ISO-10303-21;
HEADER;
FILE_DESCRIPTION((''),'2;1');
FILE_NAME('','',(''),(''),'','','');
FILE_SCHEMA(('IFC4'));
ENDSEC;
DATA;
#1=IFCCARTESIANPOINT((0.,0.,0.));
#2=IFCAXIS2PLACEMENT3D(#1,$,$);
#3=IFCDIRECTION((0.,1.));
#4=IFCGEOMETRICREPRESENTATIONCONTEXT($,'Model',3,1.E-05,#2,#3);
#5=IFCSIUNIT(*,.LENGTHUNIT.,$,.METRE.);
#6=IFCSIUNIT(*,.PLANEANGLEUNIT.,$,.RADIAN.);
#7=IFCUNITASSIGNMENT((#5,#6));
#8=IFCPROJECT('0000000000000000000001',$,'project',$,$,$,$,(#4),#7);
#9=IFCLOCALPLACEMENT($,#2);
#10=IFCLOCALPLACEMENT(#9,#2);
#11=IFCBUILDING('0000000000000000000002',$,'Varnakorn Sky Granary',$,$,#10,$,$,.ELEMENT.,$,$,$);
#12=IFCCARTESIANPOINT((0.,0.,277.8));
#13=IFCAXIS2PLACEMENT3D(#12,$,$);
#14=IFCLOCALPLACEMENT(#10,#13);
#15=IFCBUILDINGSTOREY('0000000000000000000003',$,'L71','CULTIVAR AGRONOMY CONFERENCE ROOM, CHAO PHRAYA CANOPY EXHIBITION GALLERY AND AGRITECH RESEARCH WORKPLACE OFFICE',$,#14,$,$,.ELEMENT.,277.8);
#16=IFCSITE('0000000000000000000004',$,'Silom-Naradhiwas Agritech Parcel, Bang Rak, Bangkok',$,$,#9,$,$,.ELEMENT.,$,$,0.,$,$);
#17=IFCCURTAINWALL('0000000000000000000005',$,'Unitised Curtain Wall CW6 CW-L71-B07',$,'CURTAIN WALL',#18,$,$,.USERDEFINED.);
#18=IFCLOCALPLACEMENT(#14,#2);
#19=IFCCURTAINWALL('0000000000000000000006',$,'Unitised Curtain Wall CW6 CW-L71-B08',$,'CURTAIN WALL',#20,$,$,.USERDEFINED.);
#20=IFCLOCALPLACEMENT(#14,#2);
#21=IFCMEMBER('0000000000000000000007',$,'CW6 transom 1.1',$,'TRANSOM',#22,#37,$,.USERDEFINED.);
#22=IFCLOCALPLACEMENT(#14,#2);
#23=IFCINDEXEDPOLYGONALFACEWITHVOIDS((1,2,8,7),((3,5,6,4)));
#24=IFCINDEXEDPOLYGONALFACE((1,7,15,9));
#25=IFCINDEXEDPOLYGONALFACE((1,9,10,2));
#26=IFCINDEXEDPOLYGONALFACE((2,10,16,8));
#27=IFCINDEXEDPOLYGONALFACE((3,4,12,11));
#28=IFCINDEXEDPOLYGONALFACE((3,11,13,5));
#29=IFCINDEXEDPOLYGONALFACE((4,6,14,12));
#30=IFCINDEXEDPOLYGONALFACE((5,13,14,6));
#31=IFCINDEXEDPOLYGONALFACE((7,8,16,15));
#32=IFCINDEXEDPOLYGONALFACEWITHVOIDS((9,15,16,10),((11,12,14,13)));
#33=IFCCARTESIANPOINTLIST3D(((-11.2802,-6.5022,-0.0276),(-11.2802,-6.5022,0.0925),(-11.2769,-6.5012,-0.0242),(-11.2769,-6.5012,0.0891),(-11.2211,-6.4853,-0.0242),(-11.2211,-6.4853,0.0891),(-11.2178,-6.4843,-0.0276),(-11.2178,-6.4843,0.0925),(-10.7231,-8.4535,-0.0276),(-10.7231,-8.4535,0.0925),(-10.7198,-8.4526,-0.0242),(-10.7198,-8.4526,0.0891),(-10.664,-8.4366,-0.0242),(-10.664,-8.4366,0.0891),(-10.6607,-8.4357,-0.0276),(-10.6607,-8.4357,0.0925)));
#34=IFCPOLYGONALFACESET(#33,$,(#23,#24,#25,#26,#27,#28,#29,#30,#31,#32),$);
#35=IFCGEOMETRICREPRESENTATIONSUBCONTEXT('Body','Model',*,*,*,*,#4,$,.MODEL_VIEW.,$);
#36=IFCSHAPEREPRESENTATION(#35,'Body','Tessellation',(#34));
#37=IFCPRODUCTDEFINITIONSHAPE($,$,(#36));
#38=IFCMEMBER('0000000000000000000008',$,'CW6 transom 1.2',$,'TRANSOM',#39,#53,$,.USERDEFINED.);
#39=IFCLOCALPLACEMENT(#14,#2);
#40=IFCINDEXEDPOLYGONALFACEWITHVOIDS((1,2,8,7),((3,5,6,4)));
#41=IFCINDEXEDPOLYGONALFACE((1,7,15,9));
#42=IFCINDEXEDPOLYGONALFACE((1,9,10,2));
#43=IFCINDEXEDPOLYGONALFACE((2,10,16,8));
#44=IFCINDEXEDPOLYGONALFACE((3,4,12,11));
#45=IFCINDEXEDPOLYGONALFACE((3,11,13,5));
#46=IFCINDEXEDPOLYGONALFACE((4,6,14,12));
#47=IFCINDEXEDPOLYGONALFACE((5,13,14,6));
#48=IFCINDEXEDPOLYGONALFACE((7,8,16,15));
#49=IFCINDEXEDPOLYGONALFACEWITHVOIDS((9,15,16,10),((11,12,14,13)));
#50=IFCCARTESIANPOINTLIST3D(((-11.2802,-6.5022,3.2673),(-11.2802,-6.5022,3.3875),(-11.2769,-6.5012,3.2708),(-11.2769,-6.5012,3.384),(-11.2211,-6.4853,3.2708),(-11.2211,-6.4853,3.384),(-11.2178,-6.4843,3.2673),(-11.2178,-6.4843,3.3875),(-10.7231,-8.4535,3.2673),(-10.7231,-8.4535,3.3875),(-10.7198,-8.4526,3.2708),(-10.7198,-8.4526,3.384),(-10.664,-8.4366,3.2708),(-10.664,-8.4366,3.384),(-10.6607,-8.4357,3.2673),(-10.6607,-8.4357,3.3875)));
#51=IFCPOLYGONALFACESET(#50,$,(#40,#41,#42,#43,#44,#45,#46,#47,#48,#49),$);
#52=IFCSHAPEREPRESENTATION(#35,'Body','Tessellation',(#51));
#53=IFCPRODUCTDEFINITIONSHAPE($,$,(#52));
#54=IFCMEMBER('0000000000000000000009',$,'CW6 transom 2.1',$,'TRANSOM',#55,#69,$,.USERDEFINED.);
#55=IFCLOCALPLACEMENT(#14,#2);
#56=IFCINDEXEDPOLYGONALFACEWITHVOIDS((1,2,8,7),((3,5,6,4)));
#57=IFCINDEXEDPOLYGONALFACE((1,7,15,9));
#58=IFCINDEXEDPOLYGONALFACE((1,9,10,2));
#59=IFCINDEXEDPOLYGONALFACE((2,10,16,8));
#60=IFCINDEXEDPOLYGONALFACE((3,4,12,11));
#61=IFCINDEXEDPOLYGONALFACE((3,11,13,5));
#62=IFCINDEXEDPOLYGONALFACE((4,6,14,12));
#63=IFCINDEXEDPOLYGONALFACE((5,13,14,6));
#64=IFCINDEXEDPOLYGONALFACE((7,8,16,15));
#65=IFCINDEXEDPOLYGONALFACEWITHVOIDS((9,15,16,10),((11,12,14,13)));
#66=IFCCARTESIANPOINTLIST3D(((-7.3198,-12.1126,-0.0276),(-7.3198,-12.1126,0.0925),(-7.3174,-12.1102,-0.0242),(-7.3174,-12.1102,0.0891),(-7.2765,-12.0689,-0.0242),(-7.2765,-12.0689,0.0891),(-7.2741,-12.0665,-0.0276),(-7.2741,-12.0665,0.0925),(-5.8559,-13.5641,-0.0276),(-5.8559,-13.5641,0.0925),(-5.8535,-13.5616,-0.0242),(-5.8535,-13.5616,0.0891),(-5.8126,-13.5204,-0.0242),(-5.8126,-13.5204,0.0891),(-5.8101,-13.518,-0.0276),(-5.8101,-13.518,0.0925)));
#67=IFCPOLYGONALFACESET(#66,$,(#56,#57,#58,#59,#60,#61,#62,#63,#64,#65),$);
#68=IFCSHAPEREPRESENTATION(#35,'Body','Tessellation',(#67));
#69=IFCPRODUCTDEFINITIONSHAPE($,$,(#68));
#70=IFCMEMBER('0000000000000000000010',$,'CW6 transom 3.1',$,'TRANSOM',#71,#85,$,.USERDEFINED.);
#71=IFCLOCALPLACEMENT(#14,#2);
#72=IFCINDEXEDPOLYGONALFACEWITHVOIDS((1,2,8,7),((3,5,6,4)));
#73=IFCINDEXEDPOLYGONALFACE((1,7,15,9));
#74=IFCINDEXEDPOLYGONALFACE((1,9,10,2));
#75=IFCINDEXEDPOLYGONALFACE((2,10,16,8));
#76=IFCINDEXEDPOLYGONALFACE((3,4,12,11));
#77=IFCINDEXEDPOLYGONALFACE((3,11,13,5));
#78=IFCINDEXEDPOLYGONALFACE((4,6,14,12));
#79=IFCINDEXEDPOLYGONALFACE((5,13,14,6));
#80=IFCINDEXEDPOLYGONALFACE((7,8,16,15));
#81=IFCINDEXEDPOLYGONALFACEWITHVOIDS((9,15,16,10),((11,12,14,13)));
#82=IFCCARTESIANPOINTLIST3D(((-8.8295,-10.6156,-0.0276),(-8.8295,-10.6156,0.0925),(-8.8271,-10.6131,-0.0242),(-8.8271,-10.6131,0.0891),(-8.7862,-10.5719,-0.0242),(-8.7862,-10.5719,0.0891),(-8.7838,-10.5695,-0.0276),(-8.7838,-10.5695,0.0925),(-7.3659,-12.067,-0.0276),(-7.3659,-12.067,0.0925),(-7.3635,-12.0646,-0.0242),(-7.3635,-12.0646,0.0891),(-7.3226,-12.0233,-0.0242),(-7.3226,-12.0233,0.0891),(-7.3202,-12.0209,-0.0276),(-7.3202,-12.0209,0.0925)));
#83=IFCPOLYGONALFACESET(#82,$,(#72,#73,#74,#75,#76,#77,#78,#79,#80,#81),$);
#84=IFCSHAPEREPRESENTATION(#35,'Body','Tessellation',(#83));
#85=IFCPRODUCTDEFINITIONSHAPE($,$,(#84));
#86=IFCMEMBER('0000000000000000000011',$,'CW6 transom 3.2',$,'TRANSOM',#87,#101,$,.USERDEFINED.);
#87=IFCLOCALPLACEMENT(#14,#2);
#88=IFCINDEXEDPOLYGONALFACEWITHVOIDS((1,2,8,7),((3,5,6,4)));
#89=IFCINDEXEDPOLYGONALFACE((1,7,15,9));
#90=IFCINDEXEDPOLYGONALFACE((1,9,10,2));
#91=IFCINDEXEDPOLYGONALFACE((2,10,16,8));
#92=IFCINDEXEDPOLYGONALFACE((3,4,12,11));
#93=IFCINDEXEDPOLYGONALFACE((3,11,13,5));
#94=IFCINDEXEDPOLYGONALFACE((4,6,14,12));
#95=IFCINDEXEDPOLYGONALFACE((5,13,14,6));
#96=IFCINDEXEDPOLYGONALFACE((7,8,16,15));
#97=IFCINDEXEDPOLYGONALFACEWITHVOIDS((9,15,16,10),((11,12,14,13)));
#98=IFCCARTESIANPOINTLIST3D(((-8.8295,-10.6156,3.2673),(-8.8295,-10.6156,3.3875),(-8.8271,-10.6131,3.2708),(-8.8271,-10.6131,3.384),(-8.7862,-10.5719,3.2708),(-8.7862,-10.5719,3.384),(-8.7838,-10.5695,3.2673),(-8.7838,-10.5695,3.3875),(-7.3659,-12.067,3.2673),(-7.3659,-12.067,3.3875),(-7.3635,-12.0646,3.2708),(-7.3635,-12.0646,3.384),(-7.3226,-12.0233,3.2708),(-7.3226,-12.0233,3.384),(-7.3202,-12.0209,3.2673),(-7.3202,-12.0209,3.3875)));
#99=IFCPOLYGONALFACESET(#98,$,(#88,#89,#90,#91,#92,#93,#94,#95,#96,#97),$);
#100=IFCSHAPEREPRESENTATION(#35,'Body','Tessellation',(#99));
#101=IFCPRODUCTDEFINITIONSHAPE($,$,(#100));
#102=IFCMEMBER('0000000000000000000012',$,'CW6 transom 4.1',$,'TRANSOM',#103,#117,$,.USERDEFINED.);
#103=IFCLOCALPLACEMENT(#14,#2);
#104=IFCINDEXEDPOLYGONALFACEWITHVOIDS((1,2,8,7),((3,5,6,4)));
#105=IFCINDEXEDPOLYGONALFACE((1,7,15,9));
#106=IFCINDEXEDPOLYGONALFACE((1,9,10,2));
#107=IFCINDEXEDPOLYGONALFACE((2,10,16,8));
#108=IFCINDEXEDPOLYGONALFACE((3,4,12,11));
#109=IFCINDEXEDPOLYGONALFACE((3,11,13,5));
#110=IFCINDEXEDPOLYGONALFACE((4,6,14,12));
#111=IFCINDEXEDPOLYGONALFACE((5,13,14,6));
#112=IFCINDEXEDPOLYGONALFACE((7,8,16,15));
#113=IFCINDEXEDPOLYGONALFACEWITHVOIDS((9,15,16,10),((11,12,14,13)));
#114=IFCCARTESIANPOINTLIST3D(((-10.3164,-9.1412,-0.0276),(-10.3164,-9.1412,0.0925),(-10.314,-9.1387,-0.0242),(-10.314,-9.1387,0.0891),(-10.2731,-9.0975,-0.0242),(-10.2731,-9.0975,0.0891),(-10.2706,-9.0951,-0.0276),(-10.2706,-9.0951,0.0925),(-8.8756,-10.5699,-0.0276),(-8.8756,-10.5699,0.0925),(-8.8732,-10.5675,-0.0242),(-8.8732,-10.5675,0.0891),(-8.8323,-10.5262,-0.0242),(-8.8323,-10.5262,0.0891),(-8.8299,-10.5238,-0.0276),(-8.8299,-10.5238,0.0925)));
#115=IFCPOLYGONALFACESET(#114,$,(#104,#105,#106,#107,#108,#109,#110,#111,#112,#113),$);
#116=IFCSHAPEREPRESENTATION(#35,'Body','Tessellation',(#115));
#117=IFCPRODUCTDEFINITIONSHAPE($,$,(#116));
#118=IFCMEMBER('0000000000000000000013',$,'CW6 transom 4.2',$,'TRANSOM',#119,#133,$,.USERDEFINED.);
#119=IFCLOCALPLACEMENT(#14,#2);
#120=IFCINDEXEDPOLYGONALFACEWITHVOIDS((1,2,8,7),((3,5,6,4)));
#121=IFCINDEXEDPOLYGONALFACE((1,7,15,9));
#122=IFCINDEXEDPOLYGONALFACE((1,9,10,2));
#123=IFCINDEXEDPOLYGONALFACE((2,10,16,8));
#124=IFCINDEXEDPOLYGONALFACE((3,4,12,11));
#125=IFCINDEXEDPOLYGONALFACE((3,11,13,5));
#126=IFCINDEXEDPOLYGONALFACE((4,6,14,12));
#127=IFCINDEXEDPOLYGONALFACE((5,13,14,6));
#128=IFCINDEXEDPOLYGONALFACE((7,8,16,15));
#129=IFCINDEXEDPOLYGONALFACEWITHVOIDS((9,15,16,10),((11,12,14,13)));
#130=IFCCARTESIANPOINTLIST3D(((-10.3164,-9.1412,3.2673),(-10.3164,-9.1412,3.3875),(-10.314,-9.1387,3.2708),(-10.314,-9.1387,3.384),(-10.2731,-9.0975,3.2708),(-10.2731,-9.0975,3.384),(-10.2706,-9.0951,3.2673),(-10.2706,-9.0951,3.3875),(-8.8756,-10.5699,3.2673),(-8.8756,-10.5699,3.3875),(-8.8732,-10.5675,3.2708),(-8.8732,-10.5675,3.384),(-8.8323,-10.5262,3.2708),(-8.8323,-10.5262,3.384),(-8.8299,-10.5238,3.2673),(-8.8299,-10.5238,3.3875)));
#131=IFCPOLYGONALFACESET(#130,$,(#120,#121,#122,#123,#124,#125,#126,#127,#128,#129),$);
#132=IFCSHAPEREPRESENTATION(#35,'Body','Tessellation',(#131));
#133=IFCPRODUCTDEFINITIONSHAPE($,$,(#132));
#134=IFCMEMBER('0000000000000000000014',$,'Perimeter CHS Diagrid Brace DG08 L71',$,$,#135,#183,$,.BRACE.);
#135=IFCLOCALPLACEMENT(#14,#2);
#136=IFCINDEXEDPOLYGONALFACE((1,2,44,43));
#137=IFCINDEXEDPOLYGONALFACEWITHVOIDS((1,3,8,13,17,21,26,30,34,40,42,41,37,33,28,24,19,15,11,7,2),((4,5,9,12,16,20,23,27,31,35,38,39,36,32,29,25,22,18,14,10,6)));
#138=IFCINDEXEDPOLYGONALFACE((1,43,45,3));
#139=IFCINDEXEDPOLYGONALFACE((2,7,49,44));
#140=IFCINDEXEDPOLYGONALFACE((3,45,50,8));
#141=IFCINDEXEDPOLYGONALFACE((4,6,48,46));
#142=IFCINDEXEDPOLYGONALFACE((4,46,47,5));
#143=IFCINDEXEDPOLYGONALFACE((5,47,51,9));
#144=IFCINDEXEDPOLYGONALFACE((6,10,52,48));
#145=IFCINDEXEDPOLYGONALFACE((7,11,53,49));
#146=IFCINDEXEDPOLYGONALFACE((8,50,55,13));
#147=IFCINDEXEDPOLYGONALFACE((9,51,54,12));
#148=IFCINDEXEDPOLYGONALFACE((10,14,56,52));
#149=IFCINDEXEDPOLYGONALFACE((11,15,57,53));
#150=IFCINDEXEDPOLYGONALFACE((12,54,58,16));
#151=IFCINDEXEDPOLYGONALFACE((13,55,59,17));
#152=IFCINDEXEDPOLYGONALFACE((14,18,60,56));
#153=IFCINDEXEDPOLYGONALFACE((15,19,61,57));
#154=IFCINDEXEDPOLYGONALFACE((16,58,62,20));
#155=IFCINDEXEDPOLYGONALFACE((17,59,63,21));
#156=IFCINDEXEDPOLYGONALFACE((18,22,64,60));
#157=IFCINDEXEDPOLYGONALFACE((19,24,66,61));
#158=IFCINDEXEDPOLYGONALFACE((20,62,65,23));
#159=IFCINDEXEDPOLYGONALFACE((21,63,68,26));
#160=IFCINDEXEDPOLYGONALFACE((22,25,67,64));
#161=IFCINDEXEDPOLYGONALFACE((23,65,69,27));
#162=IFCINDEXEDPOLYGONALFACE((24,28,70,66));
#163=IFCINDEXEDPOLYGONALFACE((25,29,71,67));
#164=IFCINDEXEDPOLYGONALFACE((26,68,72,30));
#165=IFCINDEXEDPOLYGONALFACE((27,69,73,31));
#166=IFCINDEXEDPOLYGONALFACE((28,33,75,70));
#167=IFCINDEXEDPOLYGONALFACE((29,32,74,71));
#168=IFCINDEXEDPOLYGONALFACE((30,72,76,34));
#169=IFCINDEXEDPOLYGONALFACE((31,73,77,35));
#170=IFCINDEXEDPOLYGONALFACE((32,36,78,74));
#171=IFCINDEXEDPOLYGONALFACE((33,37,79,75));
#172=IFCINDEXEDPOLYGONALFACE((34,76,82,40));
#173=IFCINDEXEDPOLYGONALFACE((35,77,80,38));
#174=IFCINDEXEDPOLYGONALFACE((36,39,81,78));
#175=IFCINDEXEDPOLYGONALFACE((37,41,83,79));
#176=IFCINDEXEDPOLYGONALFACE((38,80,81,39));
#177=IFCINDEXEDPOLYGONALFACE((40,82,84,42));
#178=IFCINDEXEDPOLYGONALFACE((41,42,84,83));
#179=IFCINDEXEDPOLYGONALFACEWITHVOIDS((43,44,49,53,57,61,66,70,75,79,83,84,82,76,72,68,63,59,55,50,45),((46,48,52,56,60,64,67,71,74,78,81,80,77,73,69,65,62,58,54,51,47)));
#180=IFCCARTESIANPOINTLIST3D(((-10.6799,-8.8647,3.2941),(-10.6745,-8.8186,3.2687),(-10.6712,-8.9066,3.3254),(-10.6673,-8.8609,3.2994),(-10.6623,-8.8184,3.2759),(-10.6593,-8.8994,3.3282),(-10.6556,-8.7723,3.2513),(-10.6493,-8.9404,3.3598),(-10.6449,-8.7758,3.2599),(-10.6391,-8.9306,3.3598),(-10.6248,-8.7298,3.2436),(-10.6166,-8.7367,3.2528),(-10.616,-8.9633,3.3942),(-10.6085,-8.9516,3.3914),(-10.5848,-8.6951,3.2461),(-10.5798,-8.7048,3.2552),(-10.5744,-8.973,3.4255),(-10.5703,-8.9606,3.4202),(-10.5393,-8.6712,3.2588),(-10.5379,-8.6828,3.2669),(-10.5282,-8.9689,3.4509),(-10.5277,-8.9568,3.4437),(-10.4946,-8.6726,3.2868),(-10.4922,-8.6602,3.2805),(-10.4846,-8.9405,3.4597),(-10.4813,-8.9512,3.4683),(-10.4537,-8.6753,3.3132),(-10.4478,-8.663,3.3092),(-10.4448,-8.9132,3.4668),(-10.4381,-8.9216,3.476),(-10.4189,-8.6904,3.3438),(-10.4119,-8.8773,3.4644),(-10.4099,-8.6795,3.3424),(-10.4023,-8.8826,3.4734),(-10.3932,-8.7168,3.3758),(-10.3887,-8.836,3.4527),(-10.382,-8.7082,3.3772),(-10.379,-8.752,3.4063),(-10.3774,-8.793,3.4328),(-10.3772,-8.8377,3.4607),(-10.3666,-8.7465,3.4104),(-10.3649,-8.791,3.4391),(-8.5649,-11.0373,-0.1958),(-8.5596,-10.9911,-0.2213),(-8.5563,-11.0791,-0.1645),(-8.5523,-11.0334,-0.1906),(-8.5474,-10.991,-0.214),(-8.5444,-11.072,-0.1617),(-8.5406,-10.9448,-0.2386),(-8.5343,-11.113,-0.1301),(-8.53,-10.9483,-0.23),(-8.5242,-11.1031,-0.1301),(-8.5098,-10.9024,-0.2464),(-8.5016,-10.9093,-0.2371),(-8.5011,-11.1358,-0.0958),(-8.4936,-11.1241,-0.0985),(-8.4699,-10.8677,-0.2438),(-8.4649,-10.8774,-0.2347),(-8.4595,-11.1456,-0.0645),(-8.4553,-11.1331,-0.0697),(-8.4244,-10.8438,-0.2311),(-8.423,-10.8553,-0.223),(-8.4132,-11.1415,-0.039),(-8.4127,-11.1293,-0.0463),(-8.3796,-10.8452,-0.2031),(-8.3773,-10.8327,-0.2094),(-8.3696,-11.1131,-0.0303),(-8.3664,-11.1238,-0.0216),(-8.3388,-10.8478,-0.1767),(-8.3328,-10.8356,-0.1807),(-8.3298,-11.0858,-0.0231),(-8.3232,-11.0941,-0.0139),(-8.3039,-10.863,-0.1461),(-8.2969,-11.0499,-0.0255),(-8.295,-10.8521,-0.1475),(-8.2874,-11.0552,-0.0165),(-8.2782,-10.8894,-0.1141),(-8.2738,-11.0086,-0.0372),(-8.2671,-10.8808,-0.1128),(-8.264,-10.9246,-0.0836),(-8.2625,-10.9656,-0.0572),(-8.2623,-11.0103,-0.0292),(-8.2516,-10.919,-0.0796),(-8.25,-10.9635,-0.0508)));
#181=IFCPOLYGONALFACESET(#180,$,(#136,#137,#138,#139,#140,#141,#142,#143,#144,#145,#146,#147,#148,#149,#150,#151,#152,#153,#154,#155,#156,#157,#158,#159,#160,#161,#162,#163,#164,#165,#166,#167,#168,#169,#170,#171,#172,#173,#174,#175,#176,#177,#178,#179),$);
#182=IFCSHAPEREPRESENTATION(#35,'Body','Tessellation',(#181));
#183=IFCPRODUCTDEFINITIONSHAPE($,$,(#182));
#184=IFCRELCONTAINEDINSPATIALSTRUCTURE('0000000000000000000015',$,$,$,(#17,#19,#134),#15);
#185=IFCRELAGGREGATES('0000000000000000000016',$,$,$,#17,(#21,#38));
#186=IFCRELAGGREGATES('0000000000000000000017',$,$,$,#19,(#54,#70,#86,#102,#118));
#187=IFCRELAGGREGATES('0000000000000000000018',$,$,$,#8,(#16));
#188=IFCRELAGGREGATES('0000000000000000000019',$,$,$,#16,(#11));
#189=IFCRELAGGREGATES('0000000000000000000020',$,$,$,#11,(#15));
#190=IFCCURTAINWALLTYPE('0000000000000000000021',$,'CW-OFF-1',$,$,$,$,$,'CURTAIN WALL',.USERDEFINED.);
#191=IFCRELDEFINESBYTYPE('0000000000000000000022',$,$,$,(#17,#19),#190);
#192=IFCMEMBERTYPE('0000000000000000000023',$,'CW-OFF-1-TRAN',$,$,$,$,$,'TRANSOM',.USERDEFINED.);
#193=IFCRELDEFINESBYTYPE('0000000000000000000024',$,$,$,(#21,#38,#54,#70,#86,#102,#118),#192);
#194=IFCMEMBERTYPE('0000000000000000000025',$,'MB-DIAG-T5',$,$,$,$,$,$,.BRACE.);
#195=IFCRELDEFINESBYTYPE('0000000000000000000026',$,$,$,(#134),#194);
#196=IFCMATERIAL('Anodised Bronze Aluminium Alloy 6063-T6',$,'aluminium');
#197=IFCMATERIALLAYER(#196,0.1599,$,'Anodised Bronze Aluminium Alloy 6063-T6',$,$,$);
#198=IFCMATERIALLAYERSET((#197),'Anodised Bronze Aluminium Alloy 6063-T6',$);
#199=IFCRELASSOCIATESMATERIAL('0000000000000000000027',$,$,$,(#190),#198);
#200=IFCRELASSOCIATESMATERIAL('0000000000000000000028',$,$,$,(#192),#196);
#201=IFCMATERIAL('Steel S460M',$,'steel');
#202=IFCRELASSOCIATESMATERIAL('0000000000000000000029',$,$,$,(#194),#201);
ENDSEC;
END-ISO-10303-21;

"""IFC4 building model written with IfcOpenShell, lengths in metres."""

from ifc_helpers import new_model, si_unit, direction, frame, origin, origin_2d, place, context, subcontext, project, spatial, hollow_rectangle, hollow_circle, extrude, material, layer, layer_set, material_profile, profile_set, type_object, element, aggregate, save


model = new_model("IFC4")

# Units and contexts
model_context = context("Model", 3, precision=1e-05, world=origin(), true_north=direction((0.0, 1.0)))
body_context = subcontext(model_context, "Body", "Model", "MODEL_VIEW")
ifc_project = project(units=[si_unit("LENGTHUNIT", "METRE"), si_unit("PLANEANGLEUNIT", "RADIAN")], contexts=[model_context])

# Site, building, storey
site_placement = place(None, origin())
site = spatial("IfcSite", under=ifc_project, at=site_placement, Name="Silom-Naradhiwas Agritech Parcel, Bang Rak, Bangkok", CompositionType="ELEMENT", RefElevation=0.0)
building_placement = place(site_placement, origin())
building = spatial("IfcBuilding", under=site, at=building_placement, Name="Varnakorn Sky Granary", CompositionType="ELEMENT")
storey_placement = place(building_placement, frame((0.0, 0.0, 277.8)))
storey = spatial("IfcBuildingStorey", under=building, at=storey_placement, Name="L71", Description="CULTIVAR AGRONOMY CONFERENCE ROOM, CHAO PHRAYA CANOPY EXHIBITION GALLERY AND AGRITECH RESEARCH WORKPLACE OFFICE", CompositionType="ELEMENT", Elevation=277.8)

# Shared definitions
ifc_material_1 = material(Name="Steel S460M", Category="steel")

# Curtain wall
ifc_material_2 = material(Name="Anodised Bronze Aluminium Alloy 6063-T6", Category="aluminium")
ifc_layer_1 = layer(ifc_material_2, 0.1599, Name="Anodised Bronze Aluminium Alloy 6063-T6")
ifc_layer_set_1 = layer_set([ifc_layer_1], Name="Anodised Bronze Aluminium Alloy 6063-T6")
curtain_wall_type = type_object("IfcCurtainWallType", Name="CW-OFF-1", ElementType="CURTAIN WALL", PredefinedType="USERDEFINED", material=ifc_layer_set_1)
curtain_wall_1_placement = place(storey_placement, origin())
curtain_wall_1 = element("IfcCurtainWall", 1, at=curtain_wall_1_placement, inside=storey, type_object=curtain_wall_type, Name="Unitised Curtain Wall CW6 CW-L71-B07", ObjectType="CURTAIN WALL", PredefinedType="USERDEFINED")

# Curtain wall
curtain_wall_2_placement = place(storey_placement, origin())
curtain_wall_2 = element("IfcCurtainWall", 2, at=curtain_wall_2_placement, inside=storey, type_object=curtain_wall_type, Name="Unitised Curtain Wall CW6 CW-L71-B08", ObjectType="CURTAIN WALL", PredefinedType="USERDEFINED")

# Members
ifc_material_profile_1 = material_profile(ifc_material_2, hollow_rectangle(XDim=0.0649, YDim=0.1201, WallThickness=0.0034, at=origin_2d()), Name="ALU TRAN 65x120")
ifc_profile_set_1 = profile_set([ifc_material_profile_1], Name="Anodised Bronze Aluminium Alloy 6063-T6")
member_type_1 = type_object("IfcMemberType", Name="CW-OFF-1-TRAN", ElementType="TRANSOM", PredefinedType="USERDEFINED", material=ifc_profile_set_1)
member_1_placement = place(storey_placement, frame((-10.6919, -8.4446, 0.0325), z_axis=(-0.27453, 0.961578, 0.0), x_axis=(-0.961578, -0.27453, 0.0)))
member_1 = element("IfcMember", 3, at=member_1_placement, type_object=member_type_1, Name="CW6 transom 1.1", ObjectType="TRANSOM", PredefinedType="USERDEFINED", context=body_context, shape_type="SweptSolid", body=[
    extrude(hollow_rectangle(XDim=0.0649, YDim=0.1201, WallThickness=0.0034, at=origin_2d()), origin(), (0.0, 0.0, 1.0), 2.0293),
])
member_2_placement = place(storey_placement, frame((-10.6919, -8.4446, 3.3274), z_axis=(-0.27453, 0.961578, 0.0), x_axis=(-0.961578, -0.27453, 0.0)))
member_2 = element("IfcMember", 4, at=member_2_placement, type_object=member_type_1, Name="CW6 transom 1.2", ObjectType="TRANSOM", PredefinedType="USERDEFINED", context=body_context, shape_type="SweptSolid", body=[
    extrude(hollow_rectangle(XDim=0.0649, YDim=0.1201, WallThickness=0.0034, at=origin_2d()), origin(), (0.0, 0.0, 1.0), 2.0293),
])
member_3_placement = place(storey_placement, frame((-5.833, -13.541, 0.0325), z_axis=(-0.71012, 0.70408, 0.0), x_axis=(-0.70408, -0.71012, 0.0)))
member_3 = element("IfcMember", 5, at=member_3_placement, type_object=member_type_1, Name="CW6 transom 2.1", ObjectType="TRANSOM", PredefinedType="USERDEFINED", context=body_context, shape_type="SweptSolid", body=[
    extrude(hollow_rectangle(XDim=0.0649, YDim=0.1201, WallThickness=0.0034, at=origin_2d()), origin(), (0.0, 0.0, 1.0), 2.0615),
])
member_4_placement = place(storey_placement, frame((-7.343, -12.0439, 0.0325), z_axis=(-0.710062, 0.70414, 0.0), x_axis=(-0.70414, -0.710062, 0.0)))
member_4 = element("IfcMember", 6, at=member_4_placement, type_object=member_type_1, Name="CW6 transom 3.1", ObjectType="TRANSOM", PredefinedType="USERDEFINED", context=body_context, shape_type="SweptSolid", body=[
    extrude(hollow_rectangle(XDim=0.0649, YDim=0.1201, WallThickness=0.0034, at=origin_2d()), origin(), (0.0, 0.0, 1.0), 2.0613),
])
member_5_placement = place(storey_placement, frame((-7.343, -12.0439, 3.3274), z_axis=(-0.710062, 0.70414, 0.0), x_axis=(-0.70414, -0.710062, 0.0)))
member_5 = element("IfcMember", 7, at=member_5_placement, type_object=member_type_1, Name="CW6 transom 3.2", ObjectType="TRANSOM", PredefinedType="USERDEFINED", context=body_context, shape_type="SweptSolid", body=[
    extrude(hollow_rectangle(XDim=0.0649, YDim=0.1201, WallThickness=0.0034, at=origin_2d()), origin(), (0.0, 0.0, 1.0), 2.0613),
])
member_6_placement = place(storey_placement, frame((-8.8528, -10.5469, 0.0325), z_axis=(-0.710049, 0.704153, 0.0), x_axis=(-0.704153, -0.710049, 0.0)))
member_6 = element("IfcMember", 8, at=member_6_placement, type_object=member_type_1, Name="CW6 transom 4.1", ObjectType="TRANSOM", PredefinedType="USERDEFINED", context=body_context, shape_type="SweptSolid", body=[
    extrude(hollow_rectangle(XDim=0.0649, YDim=0.1201, WallThickness=0.0034, at=origin_2d()), origin(), (0.0, 0.0, 1.0), 2.0291),
])
member_7_placement = place(storey_placement, frame((-8.8528, -10.5469, 3.3274), z_axis=(-0.710049, 0.704153, 0.0), x_axis=(-0.704153, -0.710049, 0.0)))
member_7 = element("IfcMember", 9, at=member_7_placement, type_object=member_type_1, Name="CW6 transom 4.2", ObjectType="TRANSOM", PredefinedType="USERDEFINED", context=body_context, shape_type="SweptSolid", body=[
    extrude(hollow_rectangle(XDim=0.0649, YDim=0.1201, WallThickness=0.0034, at=origin_2d()), origin(), (0.0, 0.0, 1.0), 2.0291),
])
ifc_material_profile_2 = material_profile(ifc_material_1, hollow_circle(Radius=0.1777, WallThickness=0.0142, at=origin_2d()), Name="CHS 355.6x14")
ifc_profile_set_2 = profile_set([ifc_material_profile_2], Name="Steel S460M")
member_type_2 = type_object("IfcMemberType", Name="MB-DIAG-T5", PredefinedType="BRACE", material=ifc_profile_set_2)
member_8_placement = place(storey_placement, frame((-8.407, -10.989, -0.1301), z_axis=(-0.457479, 0.469942, 0.754896), x_axis=(-0.716544, -0.697542, 0.0)))
element("IfcMember", 10, at=member_8_placement, inside=storey, type_object=member_type_2, Name="Perimeter CHS Diagrid Brace DG08 L71", PredefinedType="BRACE", context=body_context, shape_type="SweptSolid", body=[
    extrude(hollow_circle(Radius=0.1777, WallThickness=0.0142, at=origin_2d()), origin(), (0.0, 0.0, 1.0), 4.623),
])

aggregate(curtain_wall_1, [member_1, member_2])
aggregate(curtain_wall_2, [member_3, member_4, member_5, member_6, member_7])

save(model, "model.ifc")
